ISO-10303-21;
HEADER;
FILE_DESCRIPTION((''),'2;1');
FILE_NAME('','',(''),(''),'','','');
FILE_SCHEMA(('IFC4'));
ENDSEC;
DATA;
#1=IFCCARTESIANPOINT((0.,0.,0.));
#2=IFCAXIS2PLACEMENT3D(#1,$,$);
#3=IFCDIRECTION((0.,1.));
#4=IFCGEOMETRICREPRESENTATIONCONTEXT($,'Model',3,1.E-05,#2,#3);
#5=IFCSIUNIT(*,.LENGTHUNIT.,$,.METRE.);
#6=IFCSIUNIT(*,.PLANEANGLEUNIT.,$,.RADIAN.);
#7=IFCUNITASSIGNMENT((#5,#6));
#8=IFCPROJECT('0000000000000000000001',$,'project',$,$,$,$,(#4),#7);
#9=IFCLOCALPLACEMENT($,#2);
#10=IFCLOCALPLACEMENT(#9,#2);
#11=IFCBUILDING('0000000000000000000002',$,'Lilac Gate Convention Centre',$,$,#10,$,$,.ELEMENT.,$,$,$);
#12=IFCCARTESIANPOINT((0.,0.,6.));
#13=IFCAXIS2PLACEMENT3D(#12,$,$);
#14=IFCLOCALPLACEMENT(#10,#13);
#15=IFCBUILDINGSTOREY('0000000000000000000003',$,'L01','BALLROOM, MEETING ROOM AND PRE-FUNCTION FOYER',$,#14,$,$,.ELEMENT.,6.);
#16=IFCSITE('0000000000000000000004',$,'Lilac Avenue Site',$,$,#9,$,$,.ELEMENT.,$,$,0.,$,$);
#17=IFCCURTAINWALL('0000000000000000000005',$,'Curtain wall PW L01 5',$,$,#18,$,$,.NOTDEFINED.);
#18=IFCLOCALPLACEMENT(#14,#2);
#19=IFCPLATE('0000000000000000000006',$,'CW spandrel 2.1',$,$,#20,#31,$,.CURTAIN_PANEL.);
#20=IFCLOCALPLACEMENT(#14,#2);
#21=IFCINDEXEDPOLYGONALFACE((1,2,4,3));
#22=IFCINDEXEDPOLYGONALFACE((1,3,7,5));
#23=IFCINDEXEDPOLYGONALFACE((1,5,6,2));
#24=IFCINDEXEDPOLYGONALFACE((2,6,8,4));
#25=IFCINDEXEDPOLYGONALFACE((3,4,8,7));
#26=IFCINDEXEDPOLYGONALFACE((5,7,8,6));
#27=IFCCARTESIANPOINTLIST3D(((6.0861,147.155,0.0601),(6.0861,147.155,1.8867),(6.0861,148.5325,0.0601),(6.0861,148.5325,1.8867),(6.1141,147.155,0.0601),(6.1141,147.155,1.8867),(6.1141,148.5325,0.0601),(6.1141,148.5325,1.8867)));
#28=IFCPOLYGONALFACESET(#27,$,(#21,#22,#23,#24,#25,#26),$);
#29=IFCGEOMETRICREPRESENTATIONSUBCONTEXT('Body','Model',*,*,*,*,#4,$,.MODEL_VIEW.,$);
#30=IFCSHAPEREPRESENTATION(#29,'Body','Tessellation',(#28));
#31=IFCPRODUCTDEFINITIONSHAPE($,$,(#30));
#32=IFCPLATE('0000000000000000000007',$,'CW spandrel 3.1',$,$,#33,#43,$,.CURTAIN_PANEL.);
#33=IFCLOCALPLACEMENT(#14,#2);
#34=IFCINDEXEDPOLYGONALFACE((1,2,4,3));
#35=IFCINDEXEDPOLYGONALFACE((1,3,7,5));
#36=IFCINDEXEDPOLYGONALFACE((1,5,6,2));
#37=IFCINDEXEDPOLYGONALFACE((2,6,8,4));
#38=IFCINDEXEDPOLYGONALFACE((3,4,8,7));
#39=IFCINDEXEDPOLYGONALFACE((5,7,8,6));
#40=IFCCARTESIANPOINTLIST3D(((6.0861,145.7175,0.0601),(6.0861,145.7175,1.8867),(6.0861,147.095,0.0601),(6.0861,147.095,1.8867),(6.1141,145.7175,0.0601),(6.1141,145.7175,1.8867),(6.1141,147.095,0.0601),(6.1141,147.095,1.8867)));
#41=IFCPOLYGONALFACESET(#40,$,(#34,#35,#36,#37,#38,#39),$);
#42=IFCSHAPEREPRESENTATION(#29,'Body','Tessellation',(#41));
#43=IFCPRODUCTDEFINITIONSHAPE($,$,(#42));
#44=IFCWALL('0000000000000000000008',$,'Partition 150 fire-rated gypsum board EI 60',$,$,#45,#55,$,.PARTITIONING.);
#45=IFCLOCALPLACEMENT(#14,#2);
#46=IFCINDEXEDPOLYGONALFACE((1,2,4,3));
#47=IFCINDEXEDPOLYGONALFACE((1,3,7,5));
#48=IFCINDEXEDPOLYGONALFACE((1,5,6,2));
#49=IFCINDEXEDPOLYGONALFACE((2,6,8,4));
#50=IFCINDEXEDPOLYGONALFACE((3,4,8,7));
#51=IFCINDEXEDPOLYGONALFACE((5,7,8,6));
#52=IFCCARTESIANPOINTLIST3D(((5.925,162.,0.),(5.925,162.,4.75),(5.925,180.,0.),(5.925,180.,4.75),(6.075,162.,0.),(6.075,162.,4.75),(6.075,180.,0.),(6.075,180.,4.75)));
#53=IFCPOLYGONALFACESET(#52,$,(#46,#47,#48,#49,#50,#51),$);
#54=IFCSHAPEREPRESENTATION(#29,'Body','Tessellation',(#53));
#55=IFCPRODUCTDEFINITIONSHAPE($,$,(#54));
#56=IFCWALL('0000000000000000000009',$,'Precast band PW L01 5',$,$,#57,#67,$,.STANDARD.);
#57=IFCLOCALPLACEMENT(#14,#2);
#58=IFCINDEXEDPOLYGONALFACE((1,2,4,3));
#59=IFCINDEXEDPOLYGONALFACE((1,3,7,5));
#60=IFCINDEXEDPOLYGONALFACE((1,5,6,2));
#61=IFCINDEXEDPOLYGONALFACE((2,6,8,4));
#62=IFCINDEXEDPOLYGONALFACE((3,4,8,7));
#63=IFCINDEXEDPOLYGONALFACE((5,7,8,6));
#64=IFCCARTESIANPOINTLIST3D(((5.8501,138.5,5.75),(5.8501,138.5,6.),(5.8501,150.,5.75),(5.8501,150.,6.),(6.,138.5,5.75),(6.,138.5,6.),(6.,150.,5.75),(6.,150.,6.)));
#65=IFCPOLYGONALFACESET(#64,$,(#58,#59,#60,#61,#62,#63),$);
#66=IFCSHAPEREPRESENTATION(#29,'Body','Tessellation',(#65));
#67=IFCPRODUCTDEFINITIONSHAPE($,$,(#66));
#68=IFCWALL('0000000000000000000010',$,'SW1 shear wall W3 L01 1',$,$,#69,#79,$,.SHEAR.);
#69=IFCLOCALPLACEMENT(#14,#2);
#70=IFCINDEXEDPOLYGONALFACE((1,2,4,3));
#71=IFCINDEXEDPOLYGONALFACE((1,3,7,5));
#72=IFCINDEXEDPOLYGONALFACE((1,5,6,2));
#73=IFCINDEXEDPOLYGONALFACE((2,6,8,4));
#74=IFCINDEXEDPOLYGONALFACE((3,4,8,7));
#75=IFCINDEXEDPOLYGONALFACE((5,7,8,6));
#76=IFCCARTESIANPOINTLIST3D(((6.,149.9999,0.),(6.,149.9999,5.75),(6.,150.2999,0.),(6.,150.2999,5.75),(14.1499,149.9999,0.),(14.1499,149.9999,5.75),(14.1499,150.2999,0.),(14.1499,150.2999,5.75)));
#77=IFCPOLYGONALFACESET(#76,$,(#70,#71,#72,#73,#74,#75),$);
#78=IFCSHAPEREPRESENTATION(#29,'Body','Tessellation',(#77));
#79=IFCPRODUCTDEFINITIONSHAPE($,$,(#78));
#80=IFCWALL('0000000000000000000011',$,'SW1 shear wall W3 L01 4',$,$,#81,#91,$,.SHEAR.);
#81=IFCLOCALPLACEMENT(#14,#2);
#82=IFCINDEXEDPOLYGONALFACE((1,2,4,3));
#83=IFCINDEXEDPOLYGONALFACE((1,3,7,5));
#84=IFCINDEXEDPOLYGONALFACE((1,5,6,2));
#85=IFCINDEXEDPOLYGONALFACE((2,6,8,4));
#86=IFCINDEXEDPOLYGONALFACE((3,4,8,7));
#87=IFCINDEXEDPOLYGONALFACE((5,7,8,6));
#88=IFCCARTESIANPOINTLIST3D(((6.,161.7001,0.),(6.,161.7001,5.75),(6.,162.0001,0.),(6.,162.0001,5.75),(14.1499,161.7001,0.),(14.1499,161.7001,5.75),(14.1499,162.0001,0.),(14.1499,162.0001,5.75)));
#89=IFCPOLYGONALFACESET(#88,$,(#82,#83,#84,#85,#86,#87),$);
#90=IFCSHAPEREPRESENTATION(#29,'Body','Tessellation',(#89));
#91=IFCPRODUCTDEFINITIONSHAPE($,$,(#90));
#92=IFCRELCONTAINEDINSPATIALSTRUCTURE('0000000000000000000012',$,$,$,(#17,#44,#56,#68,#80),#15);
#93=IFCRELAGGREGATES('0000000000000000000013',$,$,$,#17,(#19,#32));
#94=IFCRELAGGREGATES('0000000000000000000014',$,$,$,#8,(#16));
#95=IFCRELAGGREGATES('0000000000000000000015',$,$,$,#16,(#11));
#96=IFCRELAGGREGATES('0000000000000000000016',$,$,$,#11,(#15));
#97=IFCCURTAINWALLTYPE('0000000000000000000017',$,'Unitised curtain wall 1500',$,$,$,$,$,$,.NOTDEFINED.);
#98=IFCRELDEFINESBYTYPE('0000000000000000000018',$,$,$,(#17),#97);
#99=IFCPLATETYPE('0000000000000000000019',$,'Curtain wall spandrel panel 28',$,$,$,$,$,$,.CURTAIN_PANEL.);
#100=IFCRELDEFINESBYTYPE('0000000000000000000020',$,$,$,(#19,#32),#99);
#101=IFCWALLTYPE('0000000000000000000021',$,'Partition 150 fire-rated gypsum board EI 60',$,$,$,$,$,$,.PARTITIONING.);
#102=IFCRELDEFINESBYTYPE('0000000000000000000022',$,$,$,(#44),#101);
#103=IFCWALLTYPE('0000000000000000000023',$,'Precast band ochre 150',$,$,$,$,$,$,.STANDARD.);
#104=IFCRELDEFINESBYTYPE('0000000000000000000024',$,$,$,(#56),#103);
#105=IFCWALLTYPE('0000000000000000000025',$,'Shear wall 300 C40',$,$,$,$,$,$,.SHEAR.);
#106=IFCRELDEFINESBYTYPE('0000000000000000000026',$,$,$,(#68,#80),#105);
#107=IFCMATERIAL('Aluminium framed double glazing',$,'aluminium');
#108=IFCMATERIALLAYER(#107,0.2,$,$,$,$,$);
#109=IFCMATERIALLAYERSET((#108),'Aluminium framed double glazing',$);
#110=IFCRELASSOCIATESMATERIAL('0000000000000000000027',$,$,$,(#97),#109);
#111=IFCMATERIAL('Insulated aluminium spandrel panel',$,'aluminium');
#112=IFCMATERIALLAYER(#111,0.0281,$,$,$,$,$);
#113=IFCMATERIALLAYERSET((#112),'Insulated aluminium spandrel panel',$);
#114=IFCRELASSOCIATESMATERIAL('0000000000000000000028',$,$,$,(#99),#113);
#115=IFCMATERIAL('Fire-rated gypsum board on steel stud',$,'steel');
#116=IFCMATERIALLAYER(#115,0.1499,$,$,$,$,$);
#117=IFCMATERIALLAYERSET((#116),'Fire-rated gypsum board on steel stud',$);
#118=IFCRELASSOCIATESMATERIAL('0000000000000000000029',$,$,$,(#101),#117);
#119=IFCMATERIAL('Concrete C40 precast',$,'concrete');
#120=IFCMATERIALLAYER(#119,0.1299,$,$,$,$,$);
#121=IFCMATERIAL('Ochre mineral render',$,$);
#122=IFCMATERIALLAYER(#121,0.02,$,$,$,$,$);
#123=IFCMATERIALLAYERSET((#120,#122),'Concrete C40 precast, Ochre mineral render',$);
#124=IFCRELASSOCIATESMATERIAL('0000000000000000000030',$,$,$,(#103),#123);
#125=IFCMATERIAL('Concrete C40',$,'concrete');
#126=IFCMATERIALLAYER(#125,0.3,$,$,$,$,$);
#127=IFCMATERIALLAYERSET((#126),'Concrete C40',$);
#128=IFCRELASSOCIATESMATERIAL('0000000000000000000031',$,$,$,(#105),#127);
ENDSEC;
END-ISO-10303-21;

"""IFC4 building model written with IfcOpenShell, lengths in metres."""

from ifc_helpers import new_model, si_unit, direction, frame, frame_2d, origin, origin_2d, place, context, subcontext, project, spatial, rectangle, extrude, material, layer, layer_set, type_object, element, aggregate, save


model = new_model("IFC4")

# Units and contexts
model_context = context("Model", 3, precision=1e-05, world=origin(), true_north=direction((0.0, 1.0)))
body_context = subcontext(model_context, "Body", "Model", "MODEL_VIEW")
ifc_project = project(units=[si_unit("LENGTHUNIT", "METRE"), si_unit("PLANEANGLEUNIT", "RADIAN")], contexts=[model_context])

# Site, building, storey
site_placement = place(None, origin())
site = spatial("IfcSite", under=ifc_project, at=site_placement, Name="Lilac Avenue Site", CompositionType="ELEMENT", RefElevation=0.0)
building_placement = place(site_placement, origin())
building = spatial("IfcBuilding", under=site, at=building_placement, Name="Lilac Gate Convention Centre", CompositionType="ELEMENT")
storey_placement = place(building_placement, frame((0.0, 0.0, 6.0)))
storey = spatial("IfcBuildingStorey", under=building, at=storey_placement, Name="L01", Description="BALLROOM, MEETING ROOM AND PRE-FUNCTION FOYER", CompositionType="ELEMENT", Elevation=6.0)

# Shared definitions
ifc_material_1 = material(Name="Aluminium framed double glazing", Category="aluminium")
ifc_layer_1 = layer(ifc_material_1, 0.2)
ifc_layer_set_1 = layer_set([ifc_layer_1], Name="Aluminium framed double glazing")
curtain_wall_type = type_object("IfcCurtainWallType", Name="Unitised curtain wall 1500", PredefinedType="NOTDEFINED", material=ifc_layer_set_1)

# Curtain wall
curtain_wall_1_placement = place(storey_placement, origin())
curtain_wall_1 = element("IfcCurtainWall", 1, at=curtain_wall_1_placement, inside=storey, type_object=curtain_wall_type, Name="Curtain wall PW L01 5", PredefinedType="NOTDEFINED")

# Shared definitions
ifc_material_2 = material(Name="Concrete C40", Category="concrete")

# Plates
ifc_material_3 = material(Name="Insulated aluminium spandrel panel", Category="aluminium")
ifc_layer_2 = layer(ifc_material_3, 0.0281)
ifc_layer_set_2 = layer_set([ifc_layer_2], Name="Insulated aluminium spandrel panel")
plate_type_1 = type_object("IfcPlateType", Name="Curtain wall spandrel panel 28", PredefinedType="CURTAIN_PANEL", material=ifc_layer_set_2)
plate_1_placement = place(storey_placement, frame((6.1001, 147.8438, 0.0601), z_axis=(0.0, 0.0, 1.0), x_axis=(0.0, -1.0, 0.0)))
plate_1 = element("IfcPlate", 2, at=plate_1_placement, type_object=plate_type_1, Name="CW spandrel 2.1", PredefinedType="CURTAIN_PANEL", context=body_context, shape_type="SweptSolid", body=[
    extrude(rectangle(XDim=1.3774, YDim=0.0281, at=origin_2d()), origin(), (0.0, 0.0, 1.0), 1.8267),
])
plate_2_placement = place(storey_placement, frame((6.1001, 146.4062, 0.0601), z_axis=(0.0, 0.0, 1.0), x_axis=(0.0, -1.0, 0.0)))
plate_2 = element("IfcPlate", 3, at=plate_2_placement, type_object=plate_type_1, Name="CW spandrel 3.1", PredefinedType="CURTAIN_PANEL", context=body_context, shape_type="SweptSolid", body=[
    extrude(rectangle(XDim=1.3774, YDim=0.0281, at=origin_2d()), origin(), (0.0, 0.0, 1.0), 1.8267),
])
aggregate(curtain_wall_1, [plate_1, plate_2])

# Walls
ifc_material_4 = material(Name="Fire-rated gypsum board on steel stud", Category="steel")
ifc_layer_3 = layer(ifc_material_4, 0.1499)
ifc_layer_set_3 = layer_set([ifc_layer_3], Name="Fire-rated gypsum board on steel stud")
wall_type_1 = type_object("IfcWallType", Name="Partition 150 fire-rated gypsum board EI 60", PredefinedType="PARTITIONING", material=ifc_layer_set_3)
wall_1_placement = place(storey_placement, frame((6.0, 162.0, 0.0), z_axis=(0.0, 0.0, 1.0), x_axis=(0.0, 1.0, 0.0)))
element("IfcWall", 4, at=wall_1_placement, inside=storey, type_object=wall_type_1, Name="Partition 150 fire-rated gypsum board EI 60", PredefinedType="PARTITIONING", context=body_context, shape_type="SweptSolid", body=[
    extrude(rectangle(XDim=18.0, YDim=0.1499, at=frame_2d((9.0, 0.0))), origin(), (0.0, 0.0, 1.0), 4.75),
])
ifc_material_5 = material(Name="Concrete C40 precast", Category="concrete")
ifc_layer_4 = layer(ifc_material_5, 0.1299)
ifc_material_6 = material(Name="Ochre mineral render")
ifc_layer_5 = layer(ifc_material_6, 0.02)
ifc_layer_set_4 = layer_set([ifc_layer_4, ifc_layer_5], Name="Concrete C40 precast, Ochre mineral render")
wall_type_2 = type_object("IfcWallType", Name="Precast band ochre 150", PredefinedType="STANDARD", material=ifc_layer_set_4)
wall_2_placement = place(storey_placement, frame((5.925, 150.0, 5.75), z_axis=(0.0, 0.0, 1.0), x_axis=(0.0, -1.0, 0.0)))
element("IfcWall", 5, at=wall_2_placement, inside=storey, type_object=wall_type_2, Name="Precast band PW L01 5", PredefinedType="STANDARD", context=body_context, shape_type="SweptSolid", body=[
    extrude(rectangle(XDim=11.5, YDim=0.1499, at=frame_2d((5.75, 0.0))), origin(), (0.0, 0.0, 1.0), 0.25),
])
ifc_layer_6 = layer(ifc_material_2, 0.3)
ifc_layer_set_5 = layer_set([ifc_layer_6], Name="Concrete C40")
wall_type_3 = type_object("IfcWallType", Name="Shear wall 300 C40", PredefinedType="SHEAR", material=ifc_layer_set_5)
for number, where, z_axis, x_axis, name in (
    (6, (6.0, 150.1499, 0.0), (0.0, 0.0, 1.0), (1.0, 0.0, 0.0), "SW1 shear wall W3 L01 1"),
    (7, (6.0, 161.8501, 0.0), (0.0, 0.0, 1.0), (1.0, 0.0, 0.0), "SW1 shear wall W3 L01 4"),
):
    element("IfcWall", number, at=place(storey_placement, frame(where, z_axis=z_axis, x_axis=x_axis)), inside=storey, type_object=wall_type_3, Name=name, PredefinedType="SHEAR", context=body_context, shape_type="SweptSolid", body=[
        extrude(rectangle(XDim=8.1499, YDim=0.3, at=frame_2d((4.075, 0.0))), origin(), (0.0, 0.0, 1.0), 5.75),
    ])

save(model, "model.ifc")
